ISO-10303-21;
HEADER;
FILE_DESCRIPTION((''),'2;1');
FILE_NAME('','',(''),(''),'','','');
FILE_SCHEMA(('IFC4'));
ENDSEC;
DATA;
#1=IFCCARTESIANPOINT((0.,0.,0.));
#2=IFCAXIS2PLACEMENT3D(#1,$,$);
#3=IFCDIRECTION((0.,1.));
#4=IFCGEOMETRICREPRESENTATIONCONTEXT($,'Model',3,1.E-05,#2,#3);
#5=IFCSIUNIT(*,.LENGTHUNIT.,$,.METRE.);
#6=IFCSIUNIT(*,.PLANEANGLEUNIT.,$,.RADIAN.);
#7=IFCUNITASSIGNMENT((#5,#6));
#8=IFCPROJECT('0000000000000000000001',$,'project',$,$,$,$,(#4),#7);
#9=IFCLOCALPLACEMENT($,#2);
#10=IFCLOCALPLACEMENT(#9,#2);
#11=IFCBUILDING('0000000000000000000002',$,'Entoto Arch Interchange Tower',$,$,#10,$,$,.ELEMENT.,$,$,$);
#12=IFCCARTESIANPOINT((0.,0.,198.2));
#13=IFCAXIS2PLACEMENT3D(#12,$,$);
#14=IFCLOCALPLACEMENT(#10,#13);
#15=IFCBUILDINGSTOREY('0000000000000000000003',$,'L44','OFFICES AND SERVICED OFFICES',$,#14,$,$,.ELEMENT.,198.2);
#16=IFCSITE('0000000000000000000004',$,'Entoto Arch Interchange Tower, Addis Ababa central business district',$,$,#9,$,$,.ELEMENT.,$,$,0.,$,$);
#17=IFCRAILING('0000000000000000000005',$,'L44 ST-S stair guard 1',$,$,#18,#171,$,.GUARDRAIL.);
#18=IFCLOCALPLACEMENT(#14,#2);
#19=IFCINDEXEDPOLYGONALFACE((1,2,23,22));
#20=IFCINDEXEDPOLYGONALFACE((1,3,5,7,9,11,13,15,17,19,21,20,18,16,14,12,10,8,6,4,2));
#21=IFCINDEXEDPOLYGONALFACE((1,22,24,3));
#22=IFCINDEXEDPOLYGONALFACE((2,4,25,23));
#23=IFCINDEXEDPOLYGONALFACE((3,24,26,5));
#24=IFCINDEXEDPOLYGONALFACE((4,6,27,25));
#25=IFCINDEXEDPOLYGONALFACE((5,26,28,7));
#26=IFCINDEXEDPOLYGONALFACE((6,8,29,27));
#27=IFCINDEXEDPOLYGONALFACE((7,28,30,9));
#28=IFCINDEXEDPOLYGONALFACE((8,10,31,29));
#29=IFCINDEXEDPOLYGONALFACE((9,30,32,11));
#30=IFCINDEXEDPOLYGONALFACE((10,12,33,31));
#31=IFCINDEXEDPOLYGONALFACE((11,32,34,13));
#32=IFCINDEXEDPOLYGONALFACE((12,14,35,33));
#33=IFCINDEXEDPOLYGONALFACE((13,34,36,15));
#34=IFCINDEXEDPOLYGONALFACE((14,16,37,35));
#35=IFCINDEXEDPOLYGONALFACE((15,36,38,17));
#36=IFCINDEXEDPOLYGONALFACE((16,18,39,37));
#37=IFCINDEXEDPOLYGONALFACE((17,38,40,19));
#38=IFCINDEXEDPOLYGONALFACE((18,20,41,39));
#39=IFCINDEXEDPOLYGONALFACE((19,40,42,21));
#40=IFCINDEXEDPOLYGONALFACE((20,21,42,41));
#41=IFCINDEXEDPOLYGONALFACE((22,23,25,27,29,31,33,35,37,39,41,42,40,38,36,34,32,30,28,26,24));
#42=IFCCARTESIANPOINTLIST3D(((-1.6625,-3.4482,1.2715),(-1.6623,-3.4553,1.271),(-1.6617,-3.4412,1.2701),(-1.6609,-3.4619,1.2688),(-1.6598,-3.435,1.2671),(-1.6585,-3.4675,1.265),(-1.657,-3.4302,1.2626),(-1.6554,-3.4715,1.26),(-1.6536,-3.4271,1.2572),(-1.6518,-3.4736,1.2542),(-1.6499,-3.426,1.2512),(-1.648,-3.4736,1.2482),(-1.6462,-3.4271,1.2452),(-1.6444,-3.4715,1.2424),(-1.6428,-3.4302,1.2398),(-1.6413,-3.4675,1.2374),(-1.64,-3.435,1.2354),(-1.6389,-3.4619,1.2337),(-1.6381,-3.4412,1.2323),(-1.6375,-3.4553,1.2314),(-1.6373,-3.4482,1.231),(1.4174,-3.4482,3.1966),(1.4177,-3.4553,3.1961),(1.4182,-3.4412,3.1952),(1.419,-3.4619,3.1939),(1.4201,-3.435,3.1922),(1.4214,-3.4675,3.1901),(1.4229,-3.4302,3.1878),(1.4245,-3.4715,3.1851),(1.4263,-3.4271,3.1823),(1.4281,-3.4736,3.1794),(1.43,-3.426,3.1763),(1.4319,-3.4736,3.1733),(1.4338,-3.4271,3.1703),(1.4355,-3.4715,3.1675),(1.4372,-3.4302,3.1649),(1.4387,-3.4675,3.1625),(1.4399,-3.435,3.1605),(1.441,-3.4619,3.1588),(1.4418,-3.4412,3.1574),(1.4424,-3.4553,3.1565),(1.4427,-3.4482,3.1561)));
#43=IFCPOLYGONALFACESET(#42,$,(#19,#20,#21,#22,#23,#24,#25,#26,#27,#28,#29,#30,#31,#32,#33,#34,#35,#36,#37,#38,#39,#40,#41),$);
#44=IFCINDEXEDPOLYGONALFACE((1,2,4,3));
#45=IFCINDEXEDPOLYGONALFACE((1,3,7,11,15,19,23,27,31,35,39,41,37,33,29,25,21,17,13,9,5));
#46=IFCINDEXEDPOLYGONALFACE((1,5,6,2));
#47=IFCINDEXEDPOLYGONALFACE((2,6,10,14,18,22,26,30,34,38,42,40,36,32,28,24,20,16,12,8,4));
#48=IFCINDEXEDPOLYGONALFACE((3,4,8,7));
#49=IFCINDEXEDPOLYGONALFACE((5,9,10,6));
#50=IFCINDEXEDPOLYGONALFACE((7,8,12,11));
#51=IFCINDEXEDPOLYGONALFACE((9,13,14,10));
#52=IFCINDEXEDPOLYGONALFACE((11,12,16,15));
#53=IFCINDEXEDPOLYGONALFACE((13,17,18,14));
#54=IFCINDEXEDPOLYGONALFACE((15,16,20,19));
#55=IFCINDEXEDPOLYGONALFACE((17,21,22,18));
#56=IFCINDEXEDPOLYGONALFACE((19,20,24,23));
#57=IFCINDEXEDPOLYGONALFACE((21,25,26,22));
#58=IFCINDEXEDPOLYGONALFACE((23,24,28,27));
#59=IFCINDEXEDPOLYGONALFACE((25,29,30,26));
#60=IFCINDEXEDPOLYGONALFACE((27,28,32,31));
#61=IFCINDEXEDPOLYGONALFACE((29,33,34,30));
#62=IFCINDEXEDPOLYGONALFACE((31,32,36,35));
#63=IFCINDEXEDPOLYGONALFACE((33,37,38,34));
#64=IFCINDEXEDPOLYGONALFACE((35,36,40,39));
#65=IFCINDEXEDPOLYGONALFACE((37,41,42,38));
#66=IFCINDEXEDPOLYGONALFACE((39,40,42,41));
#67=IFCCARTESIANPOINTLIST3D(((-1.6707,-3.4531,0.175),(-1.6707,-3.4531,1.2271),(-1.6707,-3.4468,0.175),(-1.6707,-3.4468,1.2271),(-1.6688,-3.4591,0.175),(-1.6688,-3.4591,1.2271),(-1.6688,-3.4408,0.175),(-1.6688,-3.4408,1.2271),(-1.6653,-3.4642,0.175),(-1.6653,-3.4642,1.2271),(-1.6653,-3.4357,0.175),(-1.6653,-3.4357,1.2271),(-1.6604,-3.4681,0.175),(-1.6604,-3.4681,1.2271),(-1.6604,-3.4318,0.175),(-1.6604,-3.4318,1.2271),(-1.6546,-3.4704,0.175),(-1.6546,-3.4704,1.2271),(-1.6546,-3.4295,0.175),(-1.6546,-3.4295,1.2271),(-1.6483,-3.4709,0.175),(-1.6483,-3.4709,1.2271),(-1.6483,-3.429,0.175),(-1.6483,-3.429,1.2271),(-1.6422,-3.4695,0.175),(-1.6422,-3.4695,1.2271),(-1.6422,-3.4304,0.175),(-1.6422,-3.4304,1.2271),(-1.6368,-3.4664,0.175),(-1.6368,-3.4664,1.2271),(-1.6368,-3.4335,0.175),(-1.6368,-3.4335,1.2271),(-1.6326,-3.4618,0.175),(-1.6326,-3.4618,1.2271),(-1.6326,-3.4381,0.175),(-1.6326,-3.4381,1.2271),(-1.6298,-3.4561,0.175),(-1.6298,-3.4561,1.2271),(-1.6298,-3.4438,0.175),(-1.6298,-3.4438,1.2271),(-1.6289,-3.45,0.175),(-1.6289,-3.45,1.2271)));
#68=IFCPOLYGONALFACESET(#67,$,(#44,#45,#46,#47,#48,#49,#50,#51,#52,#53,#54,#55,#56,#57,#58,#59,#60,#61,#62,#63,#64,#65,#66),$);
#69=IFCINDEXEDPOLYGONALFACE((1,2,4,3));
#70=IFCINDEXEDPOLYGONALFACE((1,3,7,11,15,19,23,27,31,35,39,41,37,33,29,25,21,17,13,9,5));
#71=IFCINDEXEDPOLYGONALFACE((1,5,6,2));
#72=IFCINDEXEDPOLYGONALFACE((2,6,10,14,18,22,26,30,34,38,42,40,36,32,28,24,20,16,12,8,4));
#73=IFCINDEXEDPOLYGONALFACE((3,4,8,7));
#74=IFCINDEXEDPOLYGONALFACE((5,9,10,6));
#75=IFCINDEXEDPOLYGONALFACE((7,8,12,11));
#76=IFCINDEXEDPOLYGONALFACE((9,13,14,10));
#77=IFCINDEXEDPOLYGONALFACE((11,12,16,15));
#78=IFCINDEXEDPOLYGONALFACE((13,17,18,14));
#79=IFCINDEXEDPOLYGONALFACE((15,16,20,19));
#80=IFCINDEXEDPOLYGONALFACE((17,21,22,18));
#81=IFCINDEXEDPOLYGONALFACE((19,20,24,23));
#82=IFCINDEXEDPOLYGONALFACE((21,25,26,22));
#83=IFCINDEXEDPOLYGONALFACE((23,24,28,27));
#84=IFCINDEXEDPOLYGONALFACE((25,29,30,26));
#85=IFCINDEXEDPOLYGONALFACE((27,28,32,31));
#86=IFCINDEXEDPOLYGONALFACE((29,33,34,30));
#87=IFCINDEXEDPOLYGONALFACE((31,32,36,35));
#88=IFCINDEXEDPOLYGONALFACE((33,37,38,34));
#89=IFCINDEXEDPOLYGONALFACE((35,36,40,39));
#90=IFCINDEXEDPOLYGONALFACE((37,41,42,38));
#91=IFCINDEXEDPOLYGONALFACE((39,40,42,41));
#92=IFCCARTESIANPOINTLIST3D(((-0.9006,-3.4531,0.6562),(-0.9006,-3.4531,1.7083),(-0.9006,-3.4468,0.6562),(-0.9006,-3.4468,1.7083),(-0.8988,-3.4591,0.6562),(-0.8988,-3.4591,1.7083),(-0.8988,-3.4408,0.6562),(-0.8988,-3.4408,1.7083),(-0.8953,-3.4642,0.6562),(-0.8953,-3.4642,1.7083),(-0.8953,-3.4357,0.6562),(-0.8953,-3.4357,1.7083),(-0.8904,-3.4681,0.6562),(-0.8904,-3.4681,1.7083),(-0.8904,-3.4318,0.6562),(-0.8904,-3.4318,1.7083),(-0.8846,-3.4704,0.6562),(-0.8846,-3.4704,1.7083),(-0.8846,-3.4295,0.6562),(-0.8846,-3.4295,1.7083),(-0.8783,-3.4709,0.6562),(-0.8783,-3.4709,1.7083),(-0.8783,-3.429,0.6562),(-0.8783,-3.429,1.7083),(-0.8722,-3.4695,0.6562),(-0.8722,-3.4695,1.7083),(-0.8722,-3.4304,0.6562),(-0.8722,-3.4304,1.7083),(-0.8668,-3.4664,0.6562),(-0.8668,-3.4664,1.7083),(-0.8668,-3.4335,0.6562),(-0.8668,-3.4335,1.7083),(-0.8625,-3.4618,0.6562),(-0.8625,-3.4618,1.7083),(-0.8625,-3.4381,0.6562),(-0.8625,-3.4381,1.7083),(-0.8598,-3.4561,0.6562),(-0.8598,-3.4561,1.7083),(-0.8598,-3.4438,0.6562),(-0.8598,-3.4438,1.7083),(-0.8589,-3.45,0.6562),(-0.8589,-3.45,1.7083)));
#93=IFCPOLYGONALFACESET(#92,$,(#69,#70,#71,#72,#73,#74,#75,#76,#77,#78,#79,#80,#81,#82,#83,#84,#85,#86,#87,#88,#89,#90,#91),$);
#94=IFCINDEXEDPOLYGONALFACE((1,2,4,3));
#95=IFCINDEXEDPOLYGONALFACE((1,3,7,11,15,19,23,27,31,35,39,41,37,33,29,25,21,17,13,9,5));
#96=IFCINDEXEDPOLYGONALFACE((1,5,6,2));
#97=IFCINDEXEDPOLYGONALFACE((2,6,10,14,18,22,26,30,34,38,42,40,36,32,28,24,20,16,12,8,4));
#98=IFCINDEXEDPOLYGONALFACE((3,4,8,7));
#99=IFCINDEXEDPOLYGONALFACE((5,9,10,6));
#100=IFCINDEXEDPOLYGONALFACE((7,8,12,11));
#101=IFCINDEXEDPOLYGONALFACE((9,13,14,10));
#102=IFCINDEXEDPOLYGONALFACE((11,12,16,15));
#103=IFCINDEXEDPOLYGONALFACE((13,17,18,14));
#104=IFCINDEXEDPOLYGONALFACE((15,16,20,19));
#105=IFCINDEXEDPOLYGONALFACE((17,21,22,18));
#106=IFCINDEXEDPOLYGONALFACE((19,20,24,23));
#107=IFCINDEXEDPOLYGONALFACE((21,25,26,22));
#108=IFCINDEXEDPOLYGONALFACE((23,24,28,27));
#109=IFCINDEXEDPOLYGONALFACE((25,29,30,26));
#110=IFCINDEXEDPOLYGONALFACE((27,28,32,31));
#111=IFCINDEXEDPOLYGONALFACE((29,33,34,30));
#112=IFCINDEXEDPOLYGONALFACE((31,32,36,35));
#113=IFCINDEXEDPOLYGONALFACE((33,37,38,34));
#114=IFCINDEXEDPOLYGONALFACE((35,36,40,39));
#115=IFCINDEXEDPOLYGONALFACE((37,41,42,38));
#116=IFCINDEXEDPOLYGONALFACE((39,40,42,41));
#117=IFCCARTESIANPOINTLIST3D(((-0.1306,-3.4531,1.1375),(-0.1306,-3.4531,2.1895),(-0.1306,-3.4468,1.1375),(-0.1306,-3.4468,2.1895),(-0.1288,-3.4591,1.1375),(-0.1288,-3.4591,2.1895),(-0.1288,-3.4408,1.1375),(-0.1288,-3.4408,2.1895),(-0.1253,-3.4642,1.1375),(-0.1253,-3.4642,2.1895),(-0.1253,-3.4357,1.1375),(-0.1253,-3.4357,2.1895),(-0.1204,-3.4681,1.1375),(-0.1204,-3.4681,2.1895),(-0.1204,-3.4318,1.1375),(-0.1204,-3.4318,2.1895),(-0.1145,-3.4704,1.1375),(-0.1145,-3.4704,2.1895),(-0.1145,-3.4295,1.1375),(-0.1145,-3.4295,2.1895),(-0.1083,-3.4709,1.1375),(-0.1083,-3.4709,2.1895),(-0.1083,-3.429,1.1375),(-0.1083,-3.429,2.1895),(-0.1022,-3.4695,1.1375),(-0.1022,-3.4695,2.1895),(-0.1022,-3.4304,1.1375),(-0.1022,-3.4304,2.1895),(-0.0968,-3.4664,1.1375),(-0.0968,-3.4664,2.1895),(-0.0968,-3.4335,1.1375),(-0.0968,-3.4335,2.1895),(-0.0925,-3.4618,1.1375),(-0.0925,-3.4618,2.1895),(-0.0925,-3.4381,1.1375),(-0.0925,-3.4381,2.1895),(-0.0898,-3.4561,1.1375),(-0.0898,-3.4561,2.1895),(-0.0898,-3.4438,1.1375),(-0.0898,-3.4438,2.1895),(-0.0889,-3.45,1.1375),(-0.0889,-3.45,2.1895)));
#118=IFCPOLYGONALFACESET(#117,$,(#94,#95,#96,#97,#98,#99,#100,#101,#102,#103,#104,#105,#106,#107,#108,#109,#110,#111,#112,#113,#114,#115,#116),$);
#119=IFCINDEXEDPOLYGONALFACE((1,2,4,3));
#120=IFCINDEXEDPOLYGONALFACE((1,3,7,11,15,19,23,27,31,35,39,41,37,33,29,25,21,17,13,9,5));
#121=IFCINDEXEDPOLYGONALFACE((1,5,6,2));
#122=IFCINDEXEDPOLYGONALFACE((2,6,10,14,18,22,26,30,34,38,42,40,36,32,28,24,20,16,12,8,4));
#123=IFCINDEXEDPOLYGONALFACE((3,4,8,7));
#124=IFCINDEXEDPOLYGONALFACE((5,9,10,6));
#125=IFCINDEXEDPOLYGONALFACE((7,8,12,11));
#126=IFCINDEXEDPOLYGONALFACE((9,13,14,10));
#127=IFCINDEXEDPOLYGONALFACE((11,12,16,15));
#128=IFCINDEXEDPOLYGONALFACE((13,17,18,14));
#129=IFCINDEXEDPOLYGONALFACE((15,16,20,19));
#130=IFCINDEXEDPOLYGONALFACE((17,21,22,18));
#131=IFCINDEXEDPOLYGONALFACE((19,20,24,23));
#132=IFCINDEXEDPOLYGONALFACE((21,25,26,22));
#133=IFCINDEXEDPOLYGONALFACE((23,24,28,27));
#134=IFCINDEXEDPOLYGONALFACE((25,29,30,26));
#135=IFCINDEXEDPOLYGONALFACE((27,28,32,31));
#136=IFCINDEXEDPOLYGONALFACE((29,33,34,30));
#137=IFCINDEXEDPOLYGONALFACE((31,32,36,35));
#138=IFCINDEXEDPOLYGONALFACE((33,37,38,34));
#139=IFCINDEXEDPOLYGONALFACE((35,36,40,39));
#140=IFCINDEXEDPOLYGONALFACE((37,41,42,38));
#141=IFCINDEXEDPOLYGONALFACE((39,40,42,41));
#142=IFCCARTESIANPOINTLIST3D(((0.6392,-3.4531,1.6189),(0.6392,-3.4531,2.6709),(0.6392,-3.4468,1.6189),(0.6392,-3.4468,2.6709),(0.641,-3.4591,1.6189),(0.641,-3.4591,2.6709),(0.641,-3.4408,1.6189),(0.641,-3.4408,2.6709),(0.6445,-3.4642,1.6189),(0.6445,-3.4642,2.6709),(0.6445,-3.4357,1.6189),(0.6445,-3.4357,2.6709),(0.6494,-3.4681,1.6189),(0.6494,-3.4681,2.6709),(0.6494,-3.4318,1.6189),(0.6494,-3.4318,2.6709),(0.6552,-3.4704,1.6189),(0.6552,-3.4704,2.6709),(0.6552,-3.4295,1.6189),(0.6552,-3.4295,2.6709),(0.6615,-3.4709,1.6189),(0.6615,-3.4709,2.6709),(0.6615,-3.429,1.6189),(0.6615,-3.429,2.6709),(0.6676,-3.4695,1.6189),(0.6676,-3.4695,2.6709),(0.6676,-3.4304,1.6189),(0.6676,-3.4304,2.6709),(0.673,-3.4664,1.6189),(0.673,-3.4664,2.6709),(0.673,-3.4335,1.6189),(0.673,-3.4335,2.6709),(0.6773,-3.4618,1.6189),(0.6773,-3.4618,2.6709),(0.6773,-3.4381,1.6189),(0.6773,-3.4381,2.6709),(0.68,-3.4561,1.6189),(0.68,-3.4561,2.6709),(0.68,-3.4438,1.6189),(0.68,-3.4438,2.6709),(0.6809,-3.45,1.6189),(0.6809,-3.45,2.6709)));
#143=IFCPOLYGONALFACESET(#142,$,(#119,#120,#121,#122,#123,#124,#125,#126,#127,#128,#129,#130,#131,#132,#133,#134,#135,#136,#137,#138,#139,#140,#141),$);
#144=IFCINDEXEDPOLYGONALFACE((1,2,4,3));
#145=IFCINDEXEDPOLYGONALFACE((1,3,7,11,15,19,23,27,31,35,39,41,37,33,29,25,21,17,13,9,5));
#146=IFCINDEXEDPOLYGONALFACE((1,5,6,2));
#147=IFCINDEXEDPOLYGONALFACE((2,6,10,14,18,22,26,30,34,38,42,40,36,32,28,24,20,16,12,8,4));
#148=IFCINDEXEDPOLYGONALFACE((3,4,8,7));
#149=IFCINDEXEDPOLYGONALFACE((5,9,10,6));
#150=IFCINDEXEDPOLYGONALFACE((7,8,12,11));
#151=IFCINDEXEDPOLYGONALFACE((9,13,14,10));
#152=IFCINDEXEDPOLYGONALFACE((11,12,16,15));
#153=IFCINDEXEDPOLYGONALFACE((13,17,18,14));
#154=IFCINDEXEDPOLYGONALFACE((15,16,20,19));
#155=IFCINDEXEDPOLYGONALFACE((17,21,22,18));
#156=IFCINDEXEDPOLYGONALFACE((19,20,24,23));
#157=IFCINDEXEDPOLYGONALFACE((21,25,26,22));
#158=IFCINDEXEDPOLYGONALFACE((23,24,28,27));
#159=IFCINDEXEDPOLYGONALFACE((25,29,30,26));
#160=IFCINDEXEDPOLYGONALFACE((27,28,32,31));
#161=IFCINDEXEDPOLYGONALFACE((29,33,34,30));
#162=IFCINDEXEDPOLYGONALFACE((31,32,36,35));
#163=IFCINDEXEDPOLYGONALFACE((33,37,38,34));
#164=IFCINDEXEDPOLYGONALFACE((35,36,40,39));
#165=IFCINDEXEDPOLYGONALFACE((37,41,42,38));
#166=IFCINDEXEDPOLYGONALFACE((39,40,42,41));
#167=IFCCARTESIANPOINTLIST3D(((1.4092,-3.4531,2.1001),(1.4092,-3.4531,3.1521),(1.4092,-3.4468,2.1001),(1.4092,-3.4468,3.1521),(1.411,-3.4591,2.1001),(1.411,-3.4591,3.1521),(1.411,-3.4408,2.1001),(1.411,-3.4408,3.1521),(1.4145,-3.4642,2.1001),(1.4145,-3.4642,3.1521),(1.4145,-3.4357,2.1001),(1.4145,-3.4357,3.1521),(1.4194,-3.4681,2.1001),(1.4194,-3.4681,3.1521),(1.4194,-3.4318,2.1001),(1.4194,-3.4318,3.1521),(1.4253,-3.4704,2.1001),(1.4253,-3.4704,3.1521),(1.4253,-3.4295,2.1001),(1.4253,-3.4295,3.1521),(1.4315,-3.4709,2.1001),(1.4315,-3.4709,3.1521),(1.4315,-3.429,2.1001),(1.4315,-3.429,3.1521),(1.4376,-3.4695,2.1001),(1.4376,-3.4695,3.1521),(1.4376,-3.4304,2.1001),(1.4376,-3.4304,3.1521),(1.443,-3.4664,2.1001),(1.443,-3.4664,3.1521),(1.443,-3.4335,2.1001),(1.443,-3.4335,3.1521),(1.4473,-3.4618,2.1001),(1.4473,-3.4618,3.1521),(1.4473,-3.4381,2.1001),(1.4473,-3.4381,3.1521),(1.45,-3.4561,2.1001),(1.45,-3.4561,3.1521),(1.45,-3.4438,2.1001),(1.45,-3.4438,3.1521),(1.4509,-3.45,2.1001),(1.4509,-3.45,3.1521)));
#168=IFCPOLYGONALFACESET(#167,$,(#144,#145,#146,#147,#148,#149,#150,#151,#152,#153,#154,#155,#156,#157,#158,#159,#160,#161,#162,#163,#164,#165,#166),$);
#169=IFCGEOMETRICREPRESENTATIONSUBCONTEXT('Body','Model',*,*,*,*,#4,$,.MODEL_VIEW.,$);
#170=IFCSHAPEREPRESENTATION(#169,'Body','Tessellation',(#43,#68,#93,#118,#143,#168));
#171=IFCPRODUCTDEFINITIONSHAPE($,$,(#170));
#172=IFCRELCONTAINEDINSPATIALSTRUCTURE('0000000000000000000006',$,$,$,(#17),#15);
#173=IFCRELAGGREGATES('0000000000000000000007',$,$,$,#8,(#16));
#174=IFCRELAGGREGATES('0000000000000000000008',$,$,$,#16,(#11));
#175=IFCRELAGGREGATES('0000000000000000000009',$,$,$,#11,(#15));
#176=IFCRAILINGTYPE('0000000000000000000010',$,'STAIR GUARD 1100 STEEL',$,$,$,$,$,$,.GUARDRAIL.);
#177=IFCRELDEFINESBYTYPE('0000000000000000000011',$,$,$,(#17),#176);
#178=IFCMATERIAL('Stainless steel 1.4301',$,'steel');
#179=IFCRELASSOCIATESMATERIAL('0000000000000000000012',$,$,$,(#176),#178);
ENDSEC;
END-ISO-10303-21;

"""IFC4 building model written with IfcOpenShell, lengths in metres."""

from ifc_helpers import new_model, si_unit, direction, frame, origin, origin_2d, place, context, subcontext, project, spatial, circle, extrude, material, type_object, element, save


model = new_model("IFC4")

# Units and contexts
model_context = context("Model", 3, precision=1e-05, world=origin(), true_north=direction((0.0, 1.0)))
body_context = subcontext(model_context, "Body", "Model", "MODEL_VIEW")
ifc_project = project(units=[si_unit("LENGTHUNIT", "METRE"), si_unit("PLANEANGLEUNIT", "RADIAN")], contexts=[model_context])

# Site, building, storey
site_placement = place(None, origin())
site = spatial("IfcSite", under=ifc_project, at=site_placement, Name="Entoto Arch Interchange Tower, Addis Ababa central business district", CompositionType="ELEMENT", RefElevation=0.0)
building_placement = place(site_placement, origin())
building = spatial("IfcBuilding", under=site, at=building_placement, Name="Entoto Arch Interchange Tower", CompositionType="ELEMENT")
storey_placement = place(building_placement, frame((0.0, 0.0, 198.2)))
storey = spatial("IfcBuildingStorey", under=building, at=storey_placement, Name="L44", Description="OFFICES AND SERVICED OFFICES", CompositionType="ELEMENT", Elevation=198.2)

# Railing
ifc_material_1 = material(Name="Stainless steel 1.4301", Category="steel")
railing_type_1 = type_object("IfcRailingType", Name="STAIR GUARD 1100 STEEL", PredefinedType="GUARDRAIL", material=ifc_material_1)
railing_1_placement = place(storey_placement, frame((-1.6499, -3.45, 0.175)))
element("IfcRailing", 1, at=railing_1_placement, inside=storey, type_object=railing_type_1, Name="L44 ST-S stair guard 1", PredefinedType="GUARDRAIL", context=body_context, shape_type="SweptSolid", body=[
    extrude(circle(Radius=0.0239, at=origin_2d()), frame((0.0, 0.0, 1.0762), z_axis=(0.847979, 0.0, 0.530029), x_axis=(0.0, 1.0, 0.0)), (0.0, 0.0, 1.0), 3.6321),
    extrude(circle(Radius=0.021, at=origin_2d()), origin(), (0.0, 0.0, 1.0), 1.052),
    extrude(circle(Radius=0.021, at=origin_2d()), frame((0.77, 0.0, 0.4812)), (0.0, 0.0, 1.0), 1.052),
    extrude(circle(Radius=0.021, at=origin_2d()), frame((1.54, 0.0, 0.9624)), (0.0, 0.0, 1.0), 1.052),
    extrude(circle(Radius=0.021, at=origin_2d()), frame((2.3098, 0.0, 1.4438)), (0.0, 0.0, 1.0), 1.052),
    extrude(circle(Radius=0.021, at=origin_2d()), frame((3.0798, 0.0, 1.925)), (0.0, 0.0, 1.0), 1.052),
])

save(model, "model.ifc")
